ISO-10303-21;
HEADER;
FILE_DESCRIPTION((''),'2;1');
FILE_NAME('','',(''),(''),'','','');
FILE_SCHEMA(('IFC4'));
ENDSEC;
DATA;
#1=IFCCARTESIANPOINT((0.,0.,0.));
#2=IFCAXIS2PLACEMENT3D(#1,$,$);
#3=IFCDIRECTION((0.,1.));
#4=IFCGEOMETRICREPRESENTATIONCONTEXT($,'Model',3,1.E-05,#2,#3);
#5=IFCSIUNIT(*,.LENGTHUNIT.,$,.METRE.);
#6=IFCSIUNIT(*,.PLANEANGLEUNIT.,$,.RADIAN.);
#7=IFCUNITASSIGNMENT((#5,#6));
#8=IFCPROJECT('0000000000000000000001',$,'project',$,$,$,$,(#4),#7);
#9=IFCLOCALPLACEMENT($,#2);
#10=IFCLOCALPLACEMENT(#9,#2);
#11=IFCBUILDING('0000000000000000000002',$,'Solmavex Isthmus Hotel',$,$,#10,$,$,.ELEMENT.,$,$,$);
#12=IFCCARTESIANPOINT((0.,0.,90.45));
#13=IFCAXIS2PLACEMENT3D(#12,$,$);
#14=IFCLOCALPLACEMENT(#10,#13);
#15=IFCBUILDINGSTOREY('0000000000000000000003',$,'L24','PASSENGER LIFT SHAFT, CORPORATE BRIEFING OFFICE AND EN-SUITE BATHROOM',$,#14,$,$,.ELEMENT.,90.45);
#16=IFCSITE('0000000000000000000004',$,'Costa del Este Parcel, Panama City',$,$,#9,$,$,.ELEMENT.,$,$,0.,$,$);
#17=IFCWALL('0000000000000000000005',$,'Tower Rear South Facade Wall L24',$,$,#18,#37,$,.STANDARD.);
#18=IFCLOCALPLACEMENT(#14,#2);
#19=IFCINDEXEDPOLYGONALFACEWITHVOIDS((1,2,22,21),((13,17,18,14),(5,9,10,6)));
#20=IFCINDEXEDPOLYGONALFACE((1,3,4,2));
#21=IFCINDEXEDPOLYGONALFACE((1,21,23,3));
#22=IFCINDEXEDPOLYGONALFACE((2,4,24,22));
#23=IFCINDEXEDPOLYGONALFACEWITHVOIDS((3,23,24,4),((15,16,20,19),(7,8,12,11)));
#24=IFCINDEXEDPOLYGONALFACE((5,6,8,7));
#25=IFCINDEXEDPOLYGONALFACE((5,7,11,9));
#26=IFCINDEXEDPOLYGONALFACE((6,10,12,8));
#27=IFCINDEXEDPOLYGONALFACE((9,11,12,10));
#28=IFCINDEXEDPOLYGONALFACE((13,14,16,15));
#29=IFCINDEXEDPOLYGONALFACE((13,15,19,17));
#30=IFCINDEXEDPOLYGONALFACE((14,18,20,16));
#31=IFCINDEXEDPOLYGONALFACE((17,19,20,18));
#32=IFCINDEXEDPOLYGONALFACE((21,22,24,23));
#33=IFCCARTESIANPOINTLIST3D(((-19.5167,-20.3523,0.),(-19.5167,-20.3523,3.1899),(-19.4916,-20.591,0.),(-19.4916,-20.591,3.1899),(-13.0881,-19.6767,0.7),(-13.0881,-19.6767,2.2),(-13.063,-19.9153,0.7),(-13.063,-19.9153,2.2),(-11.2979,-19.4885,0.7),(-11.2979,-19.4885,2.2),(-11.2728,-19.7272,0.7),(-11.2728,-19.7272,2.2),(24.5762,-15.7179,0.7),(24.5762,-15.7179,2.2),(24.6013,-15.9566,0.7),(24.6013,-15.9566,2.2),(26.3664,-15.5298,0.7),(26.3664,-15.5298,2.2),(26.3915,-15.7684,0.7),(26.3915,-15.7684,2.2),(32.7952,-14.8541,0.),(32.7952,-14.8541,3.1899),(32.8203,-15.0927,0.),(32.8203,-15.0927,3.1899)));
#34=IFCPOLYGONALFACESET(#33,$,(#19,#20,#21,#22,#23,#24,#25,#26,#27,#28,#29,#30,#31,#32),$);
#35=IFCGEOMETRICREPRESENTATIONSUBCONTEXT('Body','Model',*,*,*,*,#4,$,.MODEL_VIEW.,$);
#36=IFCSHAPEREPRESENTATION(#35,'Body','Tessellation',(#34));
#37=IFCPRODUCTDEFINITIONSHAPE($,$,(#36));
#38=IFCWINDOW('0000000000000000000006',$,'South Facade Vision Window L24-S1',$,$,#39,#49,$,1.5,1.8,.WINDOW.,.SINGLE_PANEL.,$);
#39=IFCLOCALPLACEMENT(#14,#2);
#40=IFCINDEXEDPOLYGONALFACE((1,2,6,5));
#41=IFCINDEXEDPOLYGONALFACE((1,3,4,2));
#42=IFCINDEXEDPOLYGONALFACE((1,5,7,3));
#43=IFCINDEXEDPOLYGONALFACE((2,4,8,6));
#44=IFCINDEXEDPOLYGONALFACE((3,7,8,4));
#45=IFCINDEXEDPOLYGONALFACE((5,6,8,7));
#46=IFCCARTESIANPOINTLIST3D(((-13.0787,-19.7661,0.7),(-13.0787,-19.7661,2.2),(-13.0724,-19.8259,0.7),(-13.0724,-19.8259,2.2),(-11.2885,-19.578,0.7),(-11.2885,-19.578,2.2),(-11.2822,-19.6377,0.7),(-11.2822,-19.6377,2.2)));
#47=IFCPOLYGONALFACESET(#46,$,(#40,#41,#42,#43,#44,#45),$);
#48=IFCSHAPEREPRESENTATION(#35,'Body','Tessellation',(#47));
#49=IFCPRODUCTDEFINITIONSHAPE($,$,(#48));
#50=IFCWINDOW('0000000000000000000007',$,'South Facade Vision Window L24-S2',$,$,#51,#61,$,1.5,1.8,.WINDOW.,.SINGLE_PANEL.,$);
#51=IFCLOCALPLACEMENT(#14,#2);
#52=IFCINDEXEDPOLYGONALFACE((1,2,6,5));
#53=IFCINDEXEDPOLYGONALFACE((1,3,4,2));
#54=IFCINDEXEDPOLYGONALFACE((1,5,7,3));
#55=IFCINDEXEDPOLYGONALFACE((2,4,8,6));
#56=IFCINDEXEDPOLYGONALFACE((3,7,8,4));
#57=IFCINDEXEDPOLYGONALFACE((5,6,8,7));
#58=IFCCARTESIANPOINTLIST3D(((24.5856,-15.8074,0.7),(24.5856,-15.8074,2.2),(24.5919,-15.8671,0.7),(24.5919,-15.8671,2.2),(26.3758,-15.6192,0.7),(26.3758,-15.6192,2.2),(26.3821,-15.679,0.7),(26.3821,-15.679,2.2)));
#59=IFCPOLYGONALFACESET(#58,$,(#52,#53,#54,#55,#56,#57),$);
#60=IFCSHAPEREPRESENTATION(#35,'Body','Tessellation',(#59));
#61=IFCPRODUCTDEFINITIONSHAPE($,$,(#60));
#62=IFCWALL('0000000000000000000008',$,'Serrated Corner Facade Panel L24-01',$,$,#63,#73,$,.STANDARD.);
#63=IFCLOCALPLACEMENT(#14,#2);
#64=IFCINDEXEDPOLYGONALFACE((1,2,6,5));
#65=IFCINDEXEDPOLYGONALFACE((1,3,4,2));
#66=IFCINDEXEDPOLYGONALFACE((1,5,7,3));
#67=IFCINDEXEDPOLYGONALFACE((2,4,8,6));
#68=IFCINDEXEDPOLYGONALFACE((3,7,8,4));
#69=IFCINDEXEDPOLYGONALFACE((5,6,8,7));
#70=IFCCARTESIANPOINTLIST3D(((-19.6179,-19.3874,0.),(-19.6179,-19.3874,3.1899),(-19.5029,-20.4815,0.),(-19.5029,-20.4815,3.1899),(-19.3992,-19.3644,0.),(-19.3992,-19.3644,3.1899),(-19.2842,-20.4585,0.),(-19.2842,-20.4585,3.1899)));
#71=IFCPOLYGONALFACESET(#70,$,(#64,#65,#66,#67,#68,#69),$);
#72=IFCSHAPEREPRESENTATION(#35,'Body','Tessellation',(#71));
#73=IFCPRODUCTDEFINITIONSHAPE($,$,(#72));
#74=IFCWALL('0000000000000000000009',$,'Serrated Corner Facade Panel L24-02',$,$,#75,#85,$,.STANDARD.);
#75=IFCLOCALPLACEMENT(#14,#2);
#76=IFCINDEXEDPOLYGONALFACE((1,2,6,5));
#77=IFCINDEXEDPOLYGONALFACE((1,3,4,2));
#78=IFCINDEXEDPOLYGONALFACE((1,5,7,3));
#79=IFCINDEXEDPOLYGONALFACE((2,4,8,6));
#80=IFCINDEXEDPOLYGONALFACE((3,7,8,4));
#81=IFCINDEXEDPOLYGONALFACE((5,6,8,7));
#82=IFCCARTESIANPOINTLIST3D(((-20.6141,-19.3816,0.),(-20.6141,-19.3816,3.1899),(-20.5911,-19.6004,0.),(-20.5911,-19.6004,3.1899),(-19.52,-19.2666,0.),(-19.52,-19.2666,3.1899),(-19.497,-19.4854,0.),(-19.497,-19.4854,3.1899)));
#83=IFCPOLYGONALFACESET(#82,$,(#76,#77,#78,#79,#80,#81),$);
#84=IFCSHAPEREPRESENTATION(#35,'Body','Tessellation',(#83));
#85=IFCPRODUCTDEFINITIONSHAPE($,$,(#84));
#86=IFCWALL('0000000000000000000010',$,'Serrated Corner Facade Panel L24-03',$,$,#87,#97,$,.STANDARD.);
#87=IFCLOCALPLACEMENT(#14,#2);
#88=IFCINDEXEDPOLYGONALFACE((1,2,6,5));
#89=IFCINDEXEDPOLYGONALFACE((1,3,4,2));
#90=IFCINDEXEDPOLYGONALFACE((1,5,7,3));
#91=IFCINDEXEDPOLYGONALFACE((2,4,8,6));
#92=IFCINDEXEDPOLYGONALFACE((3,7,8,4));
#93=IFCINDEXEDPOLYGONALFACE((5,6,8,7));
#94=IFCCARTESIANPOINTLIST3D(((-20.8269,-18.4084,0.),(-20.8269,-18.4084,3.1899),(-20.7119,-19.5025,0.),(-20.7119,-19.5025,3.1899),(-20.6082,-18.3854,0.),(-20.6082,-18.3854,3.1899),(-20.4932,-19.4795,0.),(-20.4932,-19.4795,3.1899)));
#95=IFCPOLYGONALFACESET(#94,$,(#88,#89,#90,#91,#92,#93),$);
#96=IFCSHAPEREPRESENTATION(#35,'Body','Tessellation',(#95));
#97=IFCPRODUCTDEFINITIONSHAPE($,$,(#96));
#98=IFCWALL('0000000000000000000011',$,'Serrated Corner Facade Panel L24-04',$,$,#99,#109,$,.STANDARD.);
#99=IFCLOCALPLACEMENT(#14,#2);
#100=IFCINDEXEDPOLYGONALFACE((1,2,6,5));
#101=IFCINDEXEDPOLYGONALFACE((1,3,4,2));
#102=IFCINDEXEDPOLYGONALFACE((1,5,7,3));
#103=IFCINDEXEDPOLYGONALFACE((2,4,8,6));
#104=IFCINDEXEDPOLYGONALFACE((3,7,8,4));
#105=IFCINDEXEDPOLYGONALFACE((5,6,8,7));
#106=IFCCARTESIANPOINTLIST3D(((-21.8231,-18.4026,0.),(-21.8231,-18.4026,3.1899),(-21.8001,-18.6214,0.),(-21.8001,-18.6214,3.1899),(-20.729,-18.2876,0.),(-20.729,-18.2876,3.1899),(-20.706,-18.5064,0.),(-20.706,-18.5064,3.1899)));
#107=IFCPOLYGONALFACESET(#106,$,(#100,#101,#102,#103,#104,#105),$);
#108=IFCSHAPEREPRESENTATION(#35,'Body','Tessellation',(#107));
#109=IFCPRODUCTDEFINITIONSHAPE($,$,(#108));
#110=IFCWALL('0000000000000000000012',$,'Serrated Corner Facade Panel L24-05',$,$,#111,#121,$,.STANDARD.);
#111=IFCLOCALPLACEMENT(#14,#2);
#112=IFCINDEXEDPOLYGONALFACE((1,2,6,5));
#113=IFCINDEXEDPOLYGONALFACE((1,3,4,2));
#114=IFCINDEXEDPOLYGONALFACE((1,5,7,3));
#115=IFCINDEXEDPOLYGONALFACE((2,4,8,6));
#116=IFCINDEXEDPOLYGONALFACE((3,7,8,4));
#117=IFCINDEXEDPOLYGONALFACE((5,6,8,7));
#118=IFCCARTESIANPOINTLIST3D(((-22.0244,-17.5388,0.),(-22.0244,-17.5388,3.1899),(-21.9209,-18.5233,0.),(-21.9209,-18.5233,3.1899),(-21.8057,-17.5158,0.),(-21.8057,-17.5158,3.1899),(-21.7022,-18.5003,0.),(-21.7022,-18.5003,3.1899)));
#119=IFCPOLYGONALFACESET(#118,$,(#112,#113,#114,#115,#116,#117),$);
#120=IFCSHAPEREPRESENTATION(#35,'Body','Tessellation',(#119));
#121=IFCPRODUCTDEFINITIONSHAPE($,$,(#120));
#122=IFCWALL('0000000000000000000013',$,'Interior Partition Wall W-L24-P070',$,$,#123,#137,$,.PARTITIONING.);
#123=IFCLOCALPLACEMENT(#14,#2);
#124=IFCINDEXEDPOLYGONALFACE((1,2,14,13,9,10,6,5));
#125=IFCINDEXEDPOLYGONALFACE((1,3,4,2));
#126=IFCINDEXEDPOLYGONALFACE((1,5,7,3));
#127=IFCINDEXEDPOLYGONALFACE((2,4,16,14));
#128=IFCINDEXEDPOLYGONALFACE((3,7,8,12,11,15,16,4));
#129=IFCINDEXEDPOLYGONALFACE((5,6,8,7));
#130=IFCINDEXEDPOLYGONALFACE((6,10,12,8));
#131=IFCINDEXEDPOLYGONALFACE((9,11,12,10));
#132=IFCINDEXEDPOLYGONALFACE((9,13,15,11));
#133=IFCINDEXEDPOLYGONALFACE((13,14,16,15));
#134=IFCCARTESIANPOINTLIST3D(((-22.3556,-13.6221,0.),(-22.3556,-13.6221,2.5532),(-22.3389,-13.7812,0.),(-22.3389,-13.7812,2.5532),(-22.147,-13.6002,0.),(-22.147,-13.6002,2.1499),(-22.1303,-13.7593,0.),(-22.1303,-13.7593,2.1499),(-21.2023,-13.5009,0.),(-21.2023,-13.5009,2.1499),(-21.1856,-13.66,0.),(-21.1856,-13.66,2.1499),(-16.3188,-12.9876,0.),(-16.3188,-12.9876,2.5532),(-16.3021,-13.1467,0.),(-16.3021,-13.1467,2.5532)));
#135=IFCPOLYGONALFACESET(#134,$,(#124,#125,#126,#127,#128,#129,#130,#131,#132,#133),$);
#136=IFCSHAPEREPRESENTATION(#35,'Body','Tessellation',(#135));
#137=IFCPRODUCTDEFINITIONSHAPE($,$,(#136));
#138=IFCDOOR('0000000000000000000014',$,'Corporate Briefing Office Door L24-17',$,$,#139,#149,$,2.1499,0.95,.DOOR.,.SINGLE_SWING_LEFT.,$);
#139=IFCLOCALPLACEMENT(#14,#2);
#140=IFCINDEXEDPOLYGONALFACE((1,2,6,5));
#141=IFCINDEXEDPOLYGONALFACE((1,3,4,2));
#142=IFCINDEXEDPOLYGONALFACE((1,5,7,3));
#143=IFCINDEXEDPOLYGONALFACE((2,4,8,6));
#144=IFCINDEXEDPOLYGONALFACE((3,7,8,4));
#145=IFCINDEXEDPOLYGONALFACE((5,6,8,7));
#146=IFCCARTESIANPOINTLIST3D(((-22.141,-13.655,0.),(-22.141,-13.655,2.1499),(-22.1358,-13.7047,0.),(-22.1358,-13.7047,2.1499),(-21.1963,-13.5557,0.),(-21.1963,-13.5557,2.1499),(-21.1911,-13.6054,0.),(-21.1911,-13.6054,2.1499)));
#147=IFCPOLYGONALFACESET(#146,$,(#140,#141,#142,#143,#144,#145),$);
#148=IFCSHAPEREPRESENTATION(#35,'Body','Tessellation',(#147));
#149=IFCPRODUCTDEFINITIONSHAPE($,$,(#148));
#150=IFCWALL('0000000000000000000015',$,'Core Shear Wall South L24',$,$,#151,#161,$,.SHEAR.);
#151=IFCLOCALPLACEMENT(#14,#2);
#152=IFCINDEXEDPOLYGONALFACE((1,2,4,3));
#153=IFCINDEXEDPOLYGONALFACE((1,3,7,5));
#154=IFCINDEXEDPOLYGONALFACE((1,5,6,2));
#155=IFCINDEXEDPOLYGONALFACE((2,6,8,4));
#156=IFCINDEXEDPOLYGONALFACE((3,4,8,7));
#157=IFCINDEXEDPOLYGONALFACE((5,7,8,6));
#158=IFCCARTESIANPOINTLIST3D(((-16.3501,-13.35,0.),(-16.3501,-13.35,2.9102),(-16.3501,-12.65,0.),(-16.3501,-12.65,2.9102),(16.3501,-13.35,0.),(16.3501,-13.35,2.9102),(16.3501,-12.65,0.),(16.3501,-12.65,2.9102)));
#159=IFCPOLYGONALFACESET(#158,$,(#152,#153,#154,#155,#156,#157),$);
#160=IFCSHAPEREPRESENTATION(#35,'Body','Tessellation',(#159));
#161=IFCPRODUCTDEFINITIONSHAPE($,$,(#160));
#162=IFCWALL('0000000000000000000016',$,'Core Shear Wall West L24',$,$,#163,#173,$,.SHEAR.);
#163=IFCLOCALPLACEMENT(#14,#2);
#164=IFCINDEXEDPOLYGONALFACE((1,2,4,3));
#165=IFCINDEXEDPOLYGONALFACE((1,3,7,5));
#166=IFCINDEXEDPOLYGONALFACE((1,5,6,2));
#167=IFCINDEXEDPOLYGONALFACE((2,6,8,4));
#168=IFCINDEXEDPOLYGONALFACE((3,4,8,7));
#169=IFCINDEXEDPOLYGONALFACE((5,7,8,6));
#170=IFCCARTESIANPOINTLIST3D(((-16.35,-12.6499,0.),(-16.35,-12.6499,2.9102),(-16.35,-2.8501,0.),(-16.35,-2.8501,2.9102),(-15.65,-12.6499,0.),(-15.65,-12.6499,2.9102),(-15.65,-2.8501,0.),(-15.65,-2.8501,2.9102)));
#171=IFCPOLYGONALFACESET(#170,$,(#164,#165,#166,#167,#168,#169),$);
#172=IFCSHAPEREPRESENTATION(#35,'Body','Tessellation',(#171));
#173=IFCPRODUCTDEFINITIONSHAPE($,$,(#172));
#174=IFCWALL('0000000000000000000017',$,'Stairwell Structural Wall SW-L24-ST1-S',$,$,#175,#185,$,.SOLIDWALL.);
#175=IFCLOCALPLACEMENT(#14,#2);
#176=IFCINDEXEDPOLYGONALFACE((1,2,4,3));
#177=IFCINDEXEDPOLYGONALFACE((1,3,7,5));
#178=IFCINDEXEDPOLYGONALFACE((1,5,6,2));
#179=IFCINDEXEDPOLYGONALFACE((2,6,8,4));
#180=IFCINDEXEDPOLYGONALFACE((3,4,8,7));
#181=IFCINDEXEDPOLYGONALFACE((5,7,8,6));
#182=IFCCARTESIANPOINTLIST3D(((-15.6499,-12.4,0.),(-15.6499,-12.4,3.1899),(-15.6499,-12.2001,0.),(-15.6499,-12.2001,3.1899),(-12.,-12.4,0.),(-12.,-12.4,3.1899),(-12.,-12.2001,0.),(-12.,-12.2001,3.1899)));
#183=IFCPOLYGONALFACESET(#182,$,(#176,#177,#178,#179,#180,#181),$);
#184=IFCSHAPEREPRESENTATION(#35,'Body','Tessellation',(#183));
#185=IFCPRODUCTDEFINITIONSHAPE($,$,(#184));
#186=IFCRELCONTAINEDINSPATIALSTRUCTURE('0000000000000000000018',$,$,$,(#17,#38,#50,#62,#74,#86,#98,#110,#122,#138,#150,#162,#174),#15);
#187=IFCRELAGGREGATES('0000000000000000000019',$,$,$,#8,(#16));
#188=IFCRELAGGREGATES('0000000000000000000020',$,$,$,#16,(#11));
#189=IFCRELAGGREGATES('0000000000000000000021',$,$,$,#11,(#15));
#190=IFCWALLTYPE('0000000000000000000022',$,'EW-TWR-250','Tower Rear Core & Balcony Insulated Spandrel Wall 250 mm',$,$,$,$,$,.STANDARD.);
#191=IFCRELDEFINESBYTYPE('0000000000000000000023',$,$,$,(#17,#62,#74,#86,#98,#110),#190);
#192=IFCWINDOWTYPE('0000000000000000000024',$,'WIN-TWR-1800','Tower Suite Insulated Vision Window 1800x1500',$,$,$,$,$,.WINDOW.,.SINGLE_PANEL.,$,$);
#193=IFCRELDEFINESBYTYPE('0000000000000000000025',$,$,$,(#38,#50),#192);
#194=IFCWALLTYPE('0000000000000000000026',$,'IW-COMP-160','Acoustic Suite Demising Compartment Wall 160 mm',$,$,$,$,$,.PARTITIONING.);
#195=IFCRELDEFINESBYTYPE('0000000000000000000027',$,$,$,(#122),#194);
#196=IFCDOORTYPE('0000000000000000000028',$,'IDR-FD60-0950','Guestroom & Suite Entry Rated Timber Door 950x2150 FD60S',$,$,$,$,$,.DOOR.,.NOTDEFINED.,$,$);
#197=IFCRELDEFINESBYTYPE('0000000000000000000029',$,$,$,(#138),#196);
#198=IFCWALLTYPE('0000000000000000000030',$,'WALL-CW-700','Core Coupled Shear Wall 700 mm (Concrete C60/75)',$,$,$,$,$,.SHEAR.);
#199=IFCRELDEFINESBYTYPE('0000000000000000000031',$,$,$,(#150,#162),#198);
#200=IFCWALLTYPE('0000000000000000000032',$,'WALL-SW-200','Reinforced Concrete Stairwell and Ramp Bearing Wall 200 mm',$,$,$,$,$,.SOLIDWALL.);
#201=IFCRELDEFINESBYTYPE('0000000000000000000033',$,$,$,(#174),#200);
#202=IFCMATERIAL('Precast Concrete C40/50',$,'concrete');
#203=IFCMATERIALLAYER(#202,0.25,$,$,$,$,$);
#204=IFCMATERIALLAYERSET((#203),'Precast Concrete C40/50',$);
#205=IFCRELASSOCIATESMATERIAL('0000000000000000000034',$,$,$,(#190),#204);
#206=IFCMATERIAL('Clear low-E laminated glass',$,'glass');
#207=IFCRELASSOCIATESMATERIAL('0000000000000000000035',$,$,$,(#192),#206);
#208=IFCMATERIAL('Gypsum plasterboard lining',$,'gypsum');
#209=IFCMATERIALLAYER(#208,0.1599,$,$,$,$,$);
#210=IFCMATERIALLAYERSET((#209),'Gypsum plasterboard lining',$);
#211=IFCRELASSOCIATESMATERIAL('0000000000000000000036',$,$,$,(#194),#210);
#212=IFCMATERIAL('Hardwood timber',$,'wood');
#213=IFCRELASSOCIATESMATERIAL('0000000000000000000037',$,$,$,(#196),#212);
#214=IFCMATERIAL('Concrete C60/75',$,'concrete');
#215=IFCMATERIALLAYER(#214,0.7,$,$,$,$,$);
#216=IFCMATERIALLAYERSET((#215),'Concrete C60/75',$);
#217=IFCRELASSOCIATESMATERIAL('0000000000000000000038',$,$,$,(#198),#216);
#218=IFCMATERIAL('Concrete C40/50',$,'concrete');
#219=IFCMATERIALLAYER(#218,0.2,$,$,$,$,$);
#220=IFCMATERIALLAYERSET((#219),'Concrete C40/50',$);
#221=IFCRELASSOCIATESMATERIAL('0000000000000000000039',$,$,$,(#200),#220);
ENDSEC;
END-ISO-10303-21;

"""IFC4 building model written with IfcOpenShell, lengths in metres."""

from ifc_helpers import new_model, si_unit, direction, frame, frame_2d, origin, place, context, subcontext, project, spatial, rectangle, extrude, material, layer, layer_set, type_object, element, fill, save


model = new_model("IFC4")

# Units and contexts
model_context = context("Model", 3, precision=1e-05, world=origin(), true_north=direction((0.0, 1.0)))
body_context = subcontext(model_context, "Body", "Model", "MODEL_VIEW")
ifc_project = project(units=[si_unit("LENGTHUNIT", "METRE"), si_unit("PLANEANGLEUNIT", "RADIAN")], contexts=[model_context])

# Site, building, storey
site_placement = place(None, origin())
site = spatial("IfcSite", under=ifc_project, at=site_placement, Name="Costa del Este Parcel, Panama City", CompositionType="ELEMENT", RefElevation=0.0)
building_placement = place(site_placement, origin())
building = spatial("IfcBuilding", under=site, at=building_placement, Name="Solmavex Isthmus Hotel", CompositionType="ELEMENT")
storey_placement = place(building_placement, frame((0.0, 0.0, 90.45)))
storey = spatial("IfcBuildingStorey", under=building, at=storey_placement, Name="L24", Description="PASSENGER LIFT SHAFT, CORPORATE BRIEFING OFFICE AND EN-SUITE BATHROOM", CompositionType="ELEMENT", Elevation=90.45)

# Shared definitions
ifc_material_1 = material(Name="Concrete C60/75", Category="concrete")

# Shared definitions
ifc_material_2 = material(Name="Clear low-E laminated glass", Category="glass")

# Wall, openings, windows
ifc_material_3 = material(Name="Precast Concrete C40/50", Category="concrete")
ifc_layer_1 = layer(ifc_material_3, 0.25)
ifc_layer_set_1 = layer_set([ifc_layer_1], Name="Precast Concrete C40/50")
wall_type_1 = type_object("IfcWallType", Name="EW-TWR-250", Description="Tower Rear Core & Balcony Insulated Spandrel Wall 250 mm", PredefinedType="STANDARD", material=ifc_layer_set_1)
wall_1_placement = place(storey_placement, frame((-19.5042, -20.4717, 0.0), z_axis=(0.0, 0.0, 1.0), x_axis=(0.994522, 0.10453, 0.0)))
wall_1 = element("IfcWall", 1, at=wall_1_placement, inside=storey, type_object=wall_type_1, Name="Tower Rear South Facade Wall L24", PredefinedType="STANDARD", context=body_context, shape_type="SweptSolid", body=[
    extrude(rectangle(XDim=52.6001, YDim=0.24, at=frame_2d((26.3, 0.0))), origin(), (0.0, 0.0, 1.0), 3.1899),
])
opening_1_placement = place(wall_1_placement, frame((6.4641, 0.0, 0.7)))
opening_1 = element("IfcOpeningElement", 2, at=opening_1_placement, cuts=wall_1, PredefinedType="OPENING", context=body_context, shape_type="SweptSolid", body=[
    extrude(rectangle(XDim=1.8, YDim=1.5, at=frame_2d((0.8999, 0.75))), frame((0.0, 0.1299, 0.0), z_axis=(0.0, -1.0, 0.0), x_axis=(1.0, 0.0, 0.0)), (0.0, 0.0, 1.0), 0.26),
])
opening_2_placement = place(wall_1_placement, frame((44.3359, 0.0, 0.7)))
opening_2 = element("IfcOpeningElement", 3, at=opening_2_placement, cuts=wall_1, PredefinedType="OPENING", context=body_context, shape_type="SweptSolid", body=[
    extrude(rectangle(XDim=1.8, YDim=1.5, at=frame_2d((0.8999, 0.75))), frame((0.0, 0.1299, 0.0), z_axis=(0.0, -1.0, 0.0), x_axis=(1.0, 0.0, 0.0)), (0.0, 0.0, 1.0), 0.26),
])
window_type = type_object("IfcWindowType", Name="WIN-TWR-1800", Description="Tower Suite Insulated Vision Window 1800x1500", PartitioningType="SINGLE_PANEL", PredefinedType="WINDOW", material=ifc_material_2)
window_1_placement = place(opening_1_placement, origin())
window_1 = element("IfcWindow", 4, at=window_1_placement, inside=storey, type_object=window_type, Name="South Facade Vision Window L24-S1", OverallHeight=1.5, OverallWidth=1.8, PartitioningType="SINGLE_PANEL", PredefinedType="WINDOW", context=body_context, shape_type="SweptSolid", body=[
    extrude(rectangle(XDim=1.8, YDim=1.5, at=frame_2d((0.8999, 0.75))), frame((0.0, 0.03, 0.0), z_axis=(0.0, -1.0, 0.0), x_axis=(1.0, 0.0, 0.0)), (0.0, 0.0, 1.0), 0.0601),
])
fill(opening_1, window_1)
window_2_placement = place(opening_2_placement, origin())
window_2 = element("IfcWindow", 5, at=window_2_placement, inside=storey, type_object=window_type, Name="South Facade Vision Window L24-S2", OverallHeight=1.5, OverallWidth=1.8, PartitioningType="SINGLE_PANEL", PredefinedType="WINDOW", context=body_context, shape_type="SweptSolid", body=[
    extrude(rectangle(XDim=1.8, YDim=1.5, at=frame_2d((0.8999, 0.75))), frame((0.0, 0.03, 0.0), z_axis=(0.0, -1.0, 0.0), x_axis=(1.0, 0.0, 0.0)), (0.0, 0.0, 1.0), 0.0601),
])
fill(opening_2, window_2)

# Walls
for number, where, z_axis, x_axis, name in (
    (6, (-19.3936, -20.47, 0.0), (0.0, 0.0, 1.0), (-0.104535, 0.994521, 0.0), "Serrated Corner Facade Panel L24-01"),
    (7, (-19.5085, -19.376, 0.0), (0.0, 0.0, 1.0), (-0.994521, -0.104535, 0.0), "Serrated Corner Facade Panel L24-02"),
    (8, (-20.6025, -19.491, 0.0), (0.0, 0.0, 1.0), (-0.104535, 0.994521, 0.0), "Serrated Corner Facade Panel L24-03"),
    (9, (-20.7175, -18.397, 0.0), (0.0, 0.0, 1.0), (-0.994521, -0.104535, 0.0), "Serrated Corner Facade Panel L24-04"),
):
    element("IfcWall", number, at=place(storey_placement, frame(where, z_axis=z_axis, x_axis=x_axis)), inside=storey, type_object=wall_type_1, Name=name, PredefinedType="STANDARD", context=body_context, shape_type="SweptSolid", body=[
        extrude(rectangle(XDim=1.1001, YDim=0.22, at=frame_2d((0.55, 0.0))), origin(), (0.0, 0.0, 1.0), 3.1899),
    ])
wall_2_placement = place(storey_placement, frame((-21.8115, -18.512, 0.0), z_axis=(0.0, 0.0, 1.0), x_axis=(-0.104556, 0.994519, 0.0)))
element("IfcWall", 10, at=wall_2_placement, inside=storey, type_object=wall_type_1, Name="Serrated Corner Facade Panel L24-05", PredefinedType="STANDARD", context=body_context, shape_type="SweptSolid", body=[
    extrude(rectangle(XDim=0.99, YDim=0.22, at=frame_2d((0.4951, 0.0))), origin(), (0.0, 0.0, 1.0), 3.1899),
])

# Wall, opening, door
ifc_material_4 = material(Name="Gypsum plasterboard lining", Category="gypsum")
ifc_layer_2 = layer(ifc_material_4, 0.1599)
ifc_layer_set_2 = layer_set([ifc_layer_2], Name="Gypsum plasterboard lining")
wall_type_2 = type_object("IfcWallType", Name="IW-COMP-160", Description="Acoustic Suite Demising Compartment Wall 160 mm", PredefinedType="PARTITIONING", material=ifc_layer_set_2)
wall_3_placement = place(storey_placement, frame((-16.3103, -13.0671, 0.0), z_axis=(0.0, 0.0, 1.0), x_axis=(-0.994522, -0.104532, 0.0)))
wall_3 = element("IfcWall", 11, at=wall_3_placement, inside=storey, type_object=wall_type_2, Name="Interior Partition Wall W-L24-P070", PredefinedType="PARTITIONING", context=body_context, shape_type="SweptSolid", body=[
    extrude(rectangle(XDim=6.0701, YDim=0.1599, at=frame_2d((3.0352, 0.0))), origin(), (0.0, 0.0, 1.0), 2.5532),
])
opening_3_placement = place(wall_3_placement, frame((4.9104, 0.0, 0.0)))
opening_3 = element("IfcOpeningElement", 12, at=opening_3_placement, cuts=wall_3, PredefinedType="OPENING", context=body_context, shape_type="SweptSolid", body=[
    extrude(rectangle(XDim=0.95, YDim=2.1499, at=frame_2d((0.4751, 1.075))), frame((0.0, 0.0898, 0.0), z_axis=(0.0, -1.0, 0.0), x_axis=(1.0, 0.0, 0.0)), (0.0, 0.0, 1.0), 0.1799),
])
ifc_material_5 = material(Name="Hardwood timber", Category="wood")
door_type_1 = type_object("IfcDoorType", Name="IDR-FD60-0950", Description="Guestroom & Suite Entry Rated Timber Door 950x2150 FD60S", OperationType="NOTDEFINED", PredefinedType="DOOR", material=ifc_material_5)
door_1_placement = place(opening_3_placement, frame((0.95, 0.0, 0.0), z_axis=(0.0, 0.0, 1.0), x_axis=(-1.0, 0.0, 0.0)))
door_1 = element("IfcDoor", 13, at=door_1_placement, inside=storey, type_object=door_type_1, Name="Corporate Briefing Office Door L24-17", OperationType="SINGLE_SWING_LEFT", OverallHeight=2.1499, OverallWidth=0.95, PredefinedType="DOOR", context=body_context, shape_type="SweptSolid", body=[
    extrude(rectangle(XDim=0.95, YDim=2.1499, at=frame_2d((0.4751, 1.075))), frame((0.0, 0.0249, 0.0), z_axis=(0.0, -1.0, 0.0), x_axis=(1.0, 0.0, 0.0)), (0.0, 0.0, 1.0), 0.05),
])
fill(opening_3, door_1)

# Walls
ifc_layer_3 = layer(ifc_material_1, 0.7)
ifc_layer_set_3 = layer_set([ifc_layer_3], Name="Concrete C60/75")
wall_type_3 = type_object("IfcWallType", Name="WALL-CW-700", Description="Core Coupled Shear Wall 700 mm (Concrete C60/75)", PredefinedType="SHEAR", material=ifc_layer_set_3)
wall_4_placement = place(storey_placement, frame((-16.3501, -13.0, 0.0), z_axis=(0.0, 0.0, 1.0), x_axis=(1.0, 0.0, 0.0)))
element("IfcWall", 14, at=wall_4_placement, inside=storey, type_object=wall_type_3, Name="Core Shear Wall South L24", PredefinedType="SHEAR", context=body_context, shape_type="SweptSolid", body=[
    extrude(rectangle(XDim=32.7002, YDim=0.7, at=frame_2d((16.3501, 0.0))), origin(), (0.0, 0.0, 1.0), 2.9102),
])
wall_5_placement = place(storey_placement, frame((-16.0, -12.6499, 0.0), z_axis=(0.0, 0.0, 1.0), x_axis=(0.0, 1.0, 0.0)))
element("IfcWall", 15, at=wall_5_placement, inside=storey, type_object=wall_type_3, Name="Core Shear Wall West L24", PredefinedType="SHEAR", context=body_context, shape_type="SweptSolid", body=[
    extrude(rectangle(XDim=9.7998, YDim=0.7, at=frame_2d((4.8999, 0.0))), origin(), (0.0, 0.0, 1.0), 2.9102),
])
ifc_material_6 = material(Name="Concrete C40/50", Category="concrete")
ifc_layer_4 = layer(ifc_material_6, 0.2)
ifc_layer_set_4 = layer_set([ifc_layer_4], Name="Concrete C40/50")
wall_type_4 = type_object("IfcWallType", Name="WALL-SW-200", Description="Reinforced Concrete Stairwell and Ramp Bearing Wall 200 mm", PredefinedType="SOLIDWALL", material=ifc_layer_set_4)
wall_6_placement = place(storey_placement, frame((-15.6499, -12.3, 0.0), z_axis=(0.0, 0.0, 1.0), x_axis=(1.0, 0.0, 0.0)))
element("IfcWall", 16, at=wall_6_placement, inside=storey, type_object=wall_type_4, Name="Stairwell Structural Wall SW-L24-ST1-S", PredefinedType="SOLIDWALL", context=body_context, shape_type="SweptSolid", body=[
    extrude(rectangle(XDim=3.6499, YDim=0.2, at=frame_2d((1.825, 0.0))), origin(), (0.0, 0.0, 1.0), 3.1899),
])

save(model, "model.ifc")
